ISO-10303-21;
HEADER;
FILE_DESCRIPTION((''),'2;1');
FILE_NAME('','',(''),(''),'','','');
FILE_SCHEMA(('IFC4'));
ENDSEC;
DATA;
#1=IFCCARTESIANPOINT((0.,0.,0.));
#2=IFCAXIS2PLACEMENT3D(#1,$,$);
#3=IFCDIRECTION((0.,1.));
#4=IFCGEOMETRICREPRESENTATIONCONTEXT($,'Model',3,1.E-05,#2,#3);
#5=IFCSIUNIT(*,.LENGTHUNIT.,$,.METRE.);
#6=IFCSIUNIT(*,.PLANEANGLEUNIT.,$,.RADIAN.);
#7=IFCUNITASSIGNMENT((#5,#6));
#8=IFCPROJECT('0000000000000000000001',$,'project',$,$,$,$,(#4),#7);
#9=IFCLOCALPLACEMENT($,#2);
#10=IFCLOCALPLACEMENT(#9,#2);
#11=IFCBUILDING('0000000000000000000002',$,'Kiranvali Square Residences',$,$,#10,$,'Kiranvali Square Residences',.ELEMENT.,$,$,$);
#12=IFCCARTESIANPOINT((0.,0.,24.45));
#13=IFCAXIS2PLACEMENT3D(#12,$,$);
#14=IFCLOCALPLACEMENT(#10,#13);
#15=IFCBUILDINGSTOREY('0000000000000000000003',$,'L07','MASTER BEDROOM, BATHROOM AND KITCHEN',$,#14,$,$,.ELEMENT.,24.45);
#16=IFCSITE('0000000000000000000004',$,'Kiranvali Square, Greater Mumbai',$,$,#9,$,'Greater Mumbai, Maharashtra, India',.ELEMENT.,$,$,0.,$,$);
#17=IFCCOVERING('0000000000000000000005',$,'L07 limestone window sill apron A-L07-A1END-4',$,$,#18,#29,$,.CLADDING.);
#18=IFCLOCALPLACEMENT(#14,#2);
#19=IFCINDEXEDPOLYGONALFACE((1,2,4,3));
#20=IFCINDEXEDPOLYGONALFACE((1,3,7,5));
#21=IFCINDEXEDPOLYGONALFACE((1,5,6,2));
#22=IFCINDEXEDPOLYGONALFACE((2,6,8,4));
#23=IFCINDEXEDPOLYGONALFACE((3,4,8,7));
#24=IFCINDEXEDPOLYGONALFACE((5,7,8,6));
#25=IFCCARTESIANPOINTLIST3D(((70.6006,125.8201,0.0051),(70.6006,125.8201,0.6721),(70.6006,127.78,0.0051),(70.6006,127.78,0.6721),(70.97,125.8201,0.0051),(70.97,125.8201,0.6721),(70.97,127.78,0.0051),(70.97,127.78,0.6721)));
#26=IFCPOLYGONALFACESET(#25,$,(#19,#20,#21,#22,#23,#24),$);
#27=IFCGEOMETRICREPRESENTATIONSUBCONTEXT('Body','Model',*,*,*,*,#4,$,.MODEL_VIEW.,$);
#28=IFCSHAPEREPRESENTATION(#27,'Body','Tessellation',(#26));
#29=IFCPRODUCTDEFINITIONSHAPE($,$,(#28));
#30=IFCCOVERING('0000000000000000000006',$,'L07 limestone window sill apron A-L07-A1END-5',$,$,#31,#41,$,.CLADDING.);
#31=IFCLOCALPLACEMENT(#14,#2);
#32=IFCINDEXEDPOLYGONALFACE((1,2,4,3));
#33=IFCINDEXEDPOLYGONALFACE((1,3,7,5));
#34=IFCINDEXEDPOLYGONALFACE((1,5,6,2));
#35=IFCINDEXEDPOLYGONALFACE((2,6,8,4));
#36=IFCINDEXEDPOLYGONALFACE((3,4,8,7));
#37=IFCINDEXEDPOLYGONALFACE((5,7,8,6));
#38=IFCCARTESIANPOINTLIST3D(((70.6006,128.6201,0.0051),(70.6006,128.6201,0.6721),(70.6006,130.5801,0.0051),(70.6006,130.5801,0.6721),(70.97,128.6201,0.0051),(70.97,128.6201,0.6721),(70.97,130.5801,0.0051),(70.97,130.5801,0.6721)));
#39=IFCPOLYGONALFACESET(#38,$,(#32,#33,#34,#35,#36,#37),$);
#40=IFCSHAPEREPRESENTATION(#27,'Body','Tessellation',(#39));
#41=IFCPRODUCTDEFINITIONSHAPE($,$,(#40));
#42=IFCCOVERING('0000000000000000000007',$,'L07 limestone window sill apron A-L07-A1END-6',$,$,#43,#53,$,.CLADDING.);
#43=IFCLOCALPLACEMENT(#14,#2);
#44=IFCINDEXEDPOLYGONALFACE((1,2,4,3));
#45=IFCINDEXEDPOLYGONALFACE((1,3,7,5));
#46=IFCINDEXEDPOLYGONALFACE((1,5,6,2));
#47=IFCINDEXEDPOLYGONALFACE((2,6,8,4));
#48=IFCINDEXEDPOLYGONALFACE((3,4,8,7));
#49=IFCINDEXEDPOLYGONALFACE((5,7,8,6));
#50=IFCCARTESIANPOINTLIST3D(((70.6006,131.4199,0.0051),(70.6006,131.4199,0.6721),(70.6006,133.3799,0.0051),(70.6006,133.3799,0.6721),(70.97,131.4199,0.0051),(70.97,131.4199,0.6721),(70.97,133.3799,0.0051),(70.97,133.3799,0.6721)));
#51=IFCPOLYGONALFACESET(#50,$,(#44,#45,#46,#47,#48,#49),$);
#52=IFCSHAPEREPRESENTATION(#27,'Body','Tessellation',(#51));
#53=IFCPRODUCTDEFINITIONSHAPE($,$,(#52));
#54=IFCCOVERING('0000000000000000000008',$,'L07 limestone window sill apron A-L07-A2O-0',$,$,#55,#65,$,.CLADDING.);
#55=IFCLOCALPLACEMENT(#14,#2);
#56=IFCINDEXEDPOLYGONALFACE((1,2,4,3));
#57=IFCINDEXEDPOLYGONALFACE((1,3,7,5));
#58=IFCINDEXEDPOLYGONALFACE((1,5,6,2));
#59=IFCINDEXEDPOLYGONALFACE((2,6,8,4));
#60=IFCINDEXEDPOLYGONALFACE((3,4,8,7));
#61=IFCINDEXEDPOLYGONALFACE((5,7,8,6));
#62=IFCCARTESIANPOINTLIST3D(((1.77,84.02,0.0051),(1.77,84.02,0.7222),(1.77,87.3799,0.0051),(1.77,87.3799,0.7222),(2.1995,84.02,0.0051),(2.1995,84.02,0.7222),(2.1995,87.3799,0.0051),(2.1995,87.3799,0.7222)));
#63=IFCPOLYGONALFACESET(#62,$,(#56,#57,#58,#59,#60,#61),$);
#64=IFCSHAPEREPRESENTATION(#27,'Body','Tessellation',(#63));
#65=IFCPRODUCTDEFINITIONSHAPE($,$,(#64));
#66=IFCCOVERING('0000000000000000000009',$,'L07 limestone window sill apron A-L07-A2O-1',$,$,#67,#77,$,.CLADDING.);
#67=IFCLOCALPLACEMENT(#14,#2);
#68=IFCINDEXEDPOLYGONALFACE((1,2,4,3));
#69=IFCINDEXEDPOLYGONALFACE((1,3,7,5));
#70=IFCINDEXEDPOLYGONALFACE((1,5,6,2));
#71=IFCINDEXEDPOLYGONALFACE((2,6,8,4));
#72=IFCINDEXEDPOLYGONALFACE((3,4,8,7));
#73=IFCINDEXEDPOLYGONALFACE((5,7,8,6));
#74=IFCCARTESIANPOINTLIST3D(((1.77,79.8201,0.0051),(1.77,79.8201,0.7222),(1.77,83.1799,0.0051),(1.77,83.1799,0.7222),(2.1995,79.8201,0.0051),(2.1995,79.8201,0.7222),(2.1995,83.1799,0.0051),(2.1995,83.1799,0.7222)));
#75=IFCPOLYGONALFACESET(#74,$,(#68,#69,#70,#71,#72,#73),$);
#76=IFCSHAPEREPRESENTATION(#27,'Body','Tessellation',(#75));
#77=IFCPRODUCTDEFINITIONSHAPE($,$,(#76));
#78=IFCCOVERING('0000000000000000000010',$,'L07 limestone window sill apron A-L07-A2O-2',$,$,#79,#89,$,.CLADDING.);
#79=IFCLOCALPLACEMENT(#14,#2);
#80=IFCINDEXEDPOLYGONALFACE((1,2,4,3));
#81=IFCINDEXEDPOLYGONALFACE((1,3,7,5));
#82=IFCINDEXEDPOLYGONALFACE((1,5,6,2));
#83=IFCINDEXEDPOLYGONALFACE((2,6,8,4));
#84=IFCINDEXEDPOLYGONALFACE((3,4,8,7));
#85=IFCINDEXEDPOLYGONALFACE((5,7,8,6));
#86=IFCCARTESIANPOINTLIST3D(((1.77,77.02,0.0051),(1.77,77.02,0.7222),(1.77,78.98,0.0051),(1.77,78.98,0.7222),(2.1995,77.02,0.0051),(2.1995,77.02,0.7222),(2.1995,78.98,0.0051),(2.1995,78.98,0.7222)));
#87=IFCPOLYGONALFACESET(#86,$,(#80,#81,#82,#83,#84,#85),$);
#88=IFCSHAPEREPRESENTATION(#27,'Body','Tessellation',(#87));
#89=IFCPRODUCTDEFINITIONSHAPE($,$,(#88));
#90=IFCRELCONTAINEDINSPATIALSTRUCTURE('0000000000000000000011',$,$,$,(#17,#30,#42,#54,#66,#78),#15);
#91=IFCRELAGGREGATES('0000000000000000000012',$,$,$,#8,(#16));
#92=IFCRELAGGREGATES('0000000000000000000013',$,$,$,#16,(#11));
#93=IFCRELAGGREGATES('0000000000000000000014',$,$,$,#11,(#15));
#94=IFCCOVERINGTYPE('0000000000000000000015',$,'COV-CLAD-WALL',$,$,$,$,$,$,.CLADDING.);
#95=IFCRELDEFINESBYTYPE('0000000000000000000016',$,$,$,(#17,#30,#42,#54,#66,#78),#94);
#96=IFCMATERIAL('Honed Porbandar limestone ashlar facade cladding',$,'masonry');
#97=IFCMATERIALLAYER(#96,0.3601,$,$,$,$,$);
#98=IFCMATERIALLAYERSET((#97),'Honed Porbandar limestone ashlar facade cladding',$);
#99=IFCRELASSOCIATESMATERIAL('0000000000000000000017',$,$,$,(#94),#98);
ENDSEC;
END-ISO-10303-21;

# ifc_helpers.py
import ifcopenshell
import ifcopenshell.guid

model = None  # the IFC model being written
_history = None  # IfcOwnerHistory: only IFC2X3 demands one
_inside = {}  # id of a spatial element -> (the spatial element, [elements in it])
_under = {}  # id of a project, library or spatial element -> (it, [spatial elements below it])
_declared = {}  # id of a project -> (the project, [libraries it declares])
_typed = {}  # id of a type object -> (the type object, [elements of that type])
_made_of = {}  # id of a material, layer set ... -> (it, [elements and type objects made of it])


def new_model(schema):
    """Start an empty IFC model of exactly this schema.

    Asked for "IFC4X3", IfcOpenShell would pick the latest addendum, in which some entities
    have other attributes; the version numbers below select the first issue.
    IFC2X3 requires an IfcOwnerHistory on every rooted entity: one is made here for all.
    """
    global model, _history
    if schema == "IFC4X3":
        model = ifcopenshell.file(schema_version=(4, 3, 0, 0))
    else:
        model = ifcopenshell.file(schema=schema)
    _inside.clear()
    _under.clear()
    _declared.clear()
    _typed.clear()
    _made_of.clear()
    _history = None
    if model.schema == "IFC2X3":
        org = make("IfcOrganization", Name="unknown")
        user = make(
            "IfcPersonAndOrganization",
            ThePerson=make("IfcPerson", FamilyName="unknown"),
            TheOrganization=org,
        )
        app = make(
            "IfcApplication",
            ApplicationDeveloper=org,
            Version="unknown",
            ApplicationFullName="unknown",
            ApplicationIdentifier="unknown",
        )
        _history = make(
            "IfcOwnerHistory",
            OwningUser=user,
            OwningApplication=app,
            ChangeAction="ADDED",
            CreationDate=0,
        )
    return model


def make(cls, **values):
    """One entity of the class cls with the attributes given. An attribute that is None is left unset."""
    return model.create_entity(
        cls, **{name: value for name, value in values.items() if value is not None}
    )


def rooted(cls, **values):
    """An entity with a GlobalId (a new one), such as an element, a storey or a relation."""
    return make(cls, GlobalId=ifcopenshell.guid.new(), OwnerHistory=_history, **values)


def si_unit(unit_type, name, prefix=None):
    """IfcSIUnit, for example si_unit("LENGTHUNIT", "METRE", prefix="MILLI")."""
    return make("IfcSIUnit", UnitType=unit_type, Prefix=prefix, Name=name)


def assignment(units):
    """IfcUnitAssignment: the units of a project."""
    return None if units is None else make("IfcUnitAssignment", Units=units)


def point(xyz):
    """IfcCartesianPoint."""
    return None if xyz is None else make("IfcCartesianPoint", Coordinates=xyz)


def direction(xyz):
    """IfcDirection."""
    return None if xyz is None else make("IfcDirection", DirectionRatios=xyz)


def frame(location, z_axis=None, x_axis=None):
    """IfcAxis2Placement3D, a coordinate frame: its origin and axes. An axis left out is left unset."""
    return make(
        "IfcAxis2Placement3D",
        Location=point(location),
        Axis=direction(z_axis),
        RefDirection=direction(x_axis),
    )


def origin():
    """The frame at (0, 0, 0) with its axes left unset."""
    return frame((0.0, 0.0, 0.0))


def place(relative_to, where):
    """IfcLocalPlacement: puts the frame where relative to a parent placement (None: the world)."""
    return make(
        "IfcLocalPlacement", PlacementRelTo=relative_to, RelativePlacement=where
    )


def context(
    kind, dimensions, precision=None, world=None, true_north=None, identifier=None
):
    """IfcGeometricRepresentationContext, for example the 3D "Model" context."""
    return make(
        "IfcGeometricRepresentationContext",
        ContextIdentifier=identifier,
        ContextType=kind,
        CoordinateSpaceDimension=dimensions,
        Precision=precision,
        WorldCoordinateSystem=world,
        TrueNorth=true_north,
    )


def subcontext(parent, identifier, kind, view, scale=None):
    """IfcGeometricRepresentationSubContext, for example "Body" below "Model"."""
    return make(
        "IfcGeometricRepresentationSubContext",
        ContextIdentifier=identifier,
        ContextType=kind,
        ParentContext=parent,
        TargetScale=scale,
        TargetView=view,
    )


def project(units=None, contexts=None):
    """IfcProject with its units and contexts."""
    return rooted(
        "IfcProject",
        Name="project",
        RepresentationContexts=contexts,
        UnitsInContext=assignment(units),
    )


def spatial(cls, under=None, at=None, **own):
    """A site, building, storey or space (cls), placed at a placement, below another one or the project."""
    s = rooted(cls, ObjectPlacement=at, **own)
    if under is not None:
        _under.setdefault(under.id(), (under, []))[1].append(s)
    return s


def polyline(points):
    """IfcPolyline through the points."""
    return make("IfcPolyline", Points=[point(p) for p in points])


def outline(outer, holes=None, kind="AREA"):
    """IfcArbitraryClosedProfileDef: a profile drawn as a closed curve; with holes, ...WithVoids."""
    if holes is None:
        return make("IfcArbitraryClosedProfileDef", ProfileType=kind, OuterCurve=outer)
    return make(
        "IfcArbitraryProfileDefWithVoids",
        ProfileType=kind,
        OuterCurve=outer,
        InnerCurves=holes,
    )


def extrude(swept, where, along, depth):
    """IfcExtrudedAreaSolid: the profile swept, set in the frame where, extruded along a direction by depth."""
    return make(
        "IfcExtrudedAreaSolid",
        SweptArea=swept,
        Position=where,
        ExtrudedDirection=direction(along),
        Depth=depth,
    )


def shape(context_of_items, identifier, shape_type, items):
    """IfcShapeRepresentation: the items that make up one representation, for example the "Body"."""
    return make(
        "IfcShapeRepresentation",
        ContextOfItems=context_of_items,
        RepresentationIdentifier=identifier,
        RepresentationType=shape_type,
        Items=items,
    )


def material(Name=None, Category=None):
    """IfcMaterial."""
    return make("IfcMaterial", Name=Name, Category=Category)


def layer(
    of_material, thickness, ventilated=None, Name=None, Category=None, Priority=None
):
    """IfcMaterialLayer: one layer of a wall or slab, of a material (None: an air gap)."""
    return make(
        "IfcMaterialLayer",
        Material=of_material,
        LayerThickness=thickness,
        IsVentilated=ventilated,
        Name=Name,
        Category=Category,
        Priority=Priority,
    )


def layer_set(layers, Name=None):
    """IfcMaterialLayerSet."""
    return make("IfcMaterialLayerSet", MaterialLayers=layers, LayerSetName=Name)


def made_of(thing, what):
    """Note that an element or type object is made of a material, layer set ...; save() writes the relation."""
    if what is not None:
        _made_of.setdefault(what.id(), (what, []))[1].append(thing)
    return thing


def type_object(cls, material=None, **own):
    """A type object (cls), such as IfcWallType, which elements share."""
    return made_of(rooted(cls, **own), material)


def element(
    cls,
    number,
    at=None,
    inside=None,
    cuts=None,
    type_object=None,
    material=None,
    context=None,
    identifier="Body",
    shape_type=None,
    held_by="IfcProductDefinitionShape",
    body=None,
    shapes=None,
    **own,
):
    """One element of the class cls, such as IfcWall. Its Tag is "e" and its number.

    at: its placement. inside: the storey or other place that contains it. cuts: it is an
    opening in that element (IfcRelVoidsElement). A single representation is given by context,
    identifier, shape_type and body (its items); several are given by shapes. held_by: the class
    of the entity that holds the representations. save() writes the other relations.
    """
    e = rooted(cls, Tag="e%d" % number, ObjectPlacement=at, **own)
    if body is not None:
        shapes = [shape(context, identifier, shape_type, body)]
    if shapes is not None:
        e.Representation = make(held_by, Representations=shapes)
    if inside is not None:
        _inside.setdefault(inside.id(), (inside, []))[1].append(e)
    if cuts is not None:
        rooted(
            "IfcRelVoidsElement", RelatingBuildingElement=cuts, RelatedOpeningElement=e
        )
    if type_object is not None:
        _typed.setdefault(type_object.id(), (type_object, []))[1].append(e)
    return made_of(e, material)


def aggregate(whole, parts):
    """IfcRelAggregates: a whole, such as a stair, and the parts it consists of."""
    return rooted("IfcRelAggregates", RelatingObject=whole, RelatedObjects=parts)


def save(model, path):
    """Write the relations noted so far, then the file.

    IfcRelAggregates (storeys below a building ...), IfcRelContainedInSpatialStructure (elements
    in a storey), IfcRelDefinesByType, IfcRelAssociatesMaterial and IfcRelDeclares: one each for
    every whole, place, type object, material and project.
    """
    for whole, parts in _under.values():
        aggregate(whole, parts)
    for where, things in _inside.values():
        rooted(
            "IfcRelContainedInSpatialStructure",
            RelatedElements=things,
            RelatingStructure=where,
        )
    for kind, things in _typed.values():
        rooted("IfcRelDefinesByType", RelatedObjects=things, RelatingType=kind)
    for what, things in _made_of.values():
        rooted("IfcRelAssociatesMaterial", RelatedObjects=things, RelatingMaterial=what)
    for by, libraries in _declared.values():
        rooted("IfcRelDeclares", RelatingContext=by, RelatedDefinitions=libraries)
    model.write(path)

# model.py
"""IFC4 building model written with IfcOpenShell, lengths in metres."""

from ifc_helpers import new_model, si_unit, direction, frame, origin, place, context, subcontext, project, spatial, polyline, outline, extrude, material, layer, layer_set, type_object, element, save


model = new_model("IFC4")

# Units and contexts
model_context = context("Model", 3, precision=1e-05, world=origin(), true_north=direction((0.0, 1.0)))
body_context = subcontext(model_context, "Body", "Model", "MODEL_VIEW")
ifc_project = project(units=[si_unit("LENGTHUNIT", "METRE"), si_unit("PLANEANGLEUNIT", "RADIAN")], contexts=[model_context])

# Site, building, storey
site_placement = place(None, origin())
site = spatial("IfcSite", under=ifc_project, at=site_placement, Name="Kiranvali Square, Greater Mumbai", LongName="Greater Mumbai, Maharashtra, India", CompositionType="ELEMENT", RefElevation=0.0)
building_placement = place(site_placement, origin())
building = spatial("IfcBuilding", under=site, at=building_placement, Name="Kiranvali Square Residences", LongName="Kiranvali Square Residences", CompositionType="ELEMENT")
storey_placement = place(building_placement, frame((0.0, 0.0, 24.45)))
storey = spatial("IfcBuildingStorey", under=building, at=storey_placement, Name="L07", Description="MASTER BEDROOM, BATHROOM AND KITCHEN", CompositionType="ELEMENT", Elevation=24.45)

# Coverings
ifc_material = material(Name="Honed Porbandar limestone ashlar facade cladding", Category="masonry")
ifc_layer_1 = layer(ifc_material, 0.3601)
ifc_layer_set_1 = layer_set([ifc_layer_1], Name="Honed Porbandar limestone ashlar facade cladding")
covering_type_1 = type_object("IfcCoveringType", Name="COV-CLAD-WALL", PredefinedType="CLADDING", material=ifc_layer_set_1)
covering_1_placement = place(storey_placement, frame((0.0, 0.0, 0.0051)))
element("IfcCovering", 1, at=covering_1_placement, inside=storey, type_object=covering_type_1, Name="L07 limestone window sill apron A-L07-A1END-4", PredefinedType="CLADDING", context=body_context, shape_type="SweptSolid", body=[
    extrude(outline(polyline([(70.97, 125.8201), (70.97, 127.78), (70.6006, 127.78), (70.6006, 125.8201), (70.97, 125.8201)])), origin(), (0.0, 0.0, 1.0), 0.667),
])
covering_2_placement = place(storey_placement, frame((0.0, 0.0, 0.0051)))
element("IfcCovering", 2, at=covering_2_placement, inside=storey, type_object=covering_type_1, Name="L07 limestone window sill apron A-L07-A1END-5", PredefinedType="CLADDING", context=body_context, shape_type="SweptSolid", body=[
    extrude(outline(polyline([(70.97, 128.6201), (70.97, 130.5801), (70.6006, 130.5801), (70.6006, 128.6201), (70.97, 128.6201)])), origin(), (0.0, 0.0, 1.0), 0.667),
])
covering_3_placement = place(storey_placement, frame((0.0, 0.0, 0.0051)))
element("IfcCovering", 3, at=covering_3_placement, inside=storey, type_object=covering_type_1, Name="L07 limestone window sill apron A-L07-A1END-6", PredefinedType="CLADDING", context=body_context, shape_type="SweptSolid", body=[
    extrude(outline(polyline([(70.97, 131.4199), (70.97, 133.3799), (70.6006, 133.3799), (70.6006, 131.4199), (70.97, 131.4199)])), origin(), (0.0, 0.0, 1.0), 0.667),
])
covering_4_placement = place(storey_placement, frame((0.0, 0.0, 0.0051)))
element("IfcCovering", 4, at=covering_4_placement, inside=storey, type_object=covering_type_1, Name="L07 limestone window sill apron A-L07-A2O-0", PredefinedType="CLADDING", context=body_context, shape_type="SweptSolid", body=[
    extrude(outline(polyline([(1.77, 87.3799), (1.77, 84.02), (2.1995, 84.02), (2.1995, 87.3799), (1.77, 87.3799)])), origin(), (0.0, 0.0, 1.0), 0.717),
])
covering_5_placement = place(storey_placement, frame((0.0, 0.0, 0.0051)))
element("IfcCovering", 5, at=covering_5_placement, inside=storey, type_object=covering_type_1, Name="L07 limestone window sill apron A-L07-A2O-1", PredefinedType="CLADDING", context=body_context, shape_type="SweptSolid", body=[
    extrude(outline(polyline([(1.77, 83.1799), (1.77, 79.8201), (2.1995, 79.8201), (2.1995, 83.1799), (1.77, 83.1799)])), origin(), (0.0, 0.0, 1.0), 0.717),
])
covering_6_placement = place(storey_placement, frame((0.0, 0.0, 0.0051)))
element("IfcCovering", 6, at=covering_6_placement, inside=storey, type_object=covering_type_1, Name="L07 limestone window sill apron A-L07-A2O-2", PredefinedType="CLADDING", context=body_context, shape_type="SweptSolid", body=[
    extrude(outline(polyline([(1.77, 78.98), (1.77, 77.02), (2.1995, 77.02), (2.1995, 78.98), (1.77, 78.98)])), origin(), (0.0, 0.0, 1.0), 0.717),
])

save(model, "model.ifc")
